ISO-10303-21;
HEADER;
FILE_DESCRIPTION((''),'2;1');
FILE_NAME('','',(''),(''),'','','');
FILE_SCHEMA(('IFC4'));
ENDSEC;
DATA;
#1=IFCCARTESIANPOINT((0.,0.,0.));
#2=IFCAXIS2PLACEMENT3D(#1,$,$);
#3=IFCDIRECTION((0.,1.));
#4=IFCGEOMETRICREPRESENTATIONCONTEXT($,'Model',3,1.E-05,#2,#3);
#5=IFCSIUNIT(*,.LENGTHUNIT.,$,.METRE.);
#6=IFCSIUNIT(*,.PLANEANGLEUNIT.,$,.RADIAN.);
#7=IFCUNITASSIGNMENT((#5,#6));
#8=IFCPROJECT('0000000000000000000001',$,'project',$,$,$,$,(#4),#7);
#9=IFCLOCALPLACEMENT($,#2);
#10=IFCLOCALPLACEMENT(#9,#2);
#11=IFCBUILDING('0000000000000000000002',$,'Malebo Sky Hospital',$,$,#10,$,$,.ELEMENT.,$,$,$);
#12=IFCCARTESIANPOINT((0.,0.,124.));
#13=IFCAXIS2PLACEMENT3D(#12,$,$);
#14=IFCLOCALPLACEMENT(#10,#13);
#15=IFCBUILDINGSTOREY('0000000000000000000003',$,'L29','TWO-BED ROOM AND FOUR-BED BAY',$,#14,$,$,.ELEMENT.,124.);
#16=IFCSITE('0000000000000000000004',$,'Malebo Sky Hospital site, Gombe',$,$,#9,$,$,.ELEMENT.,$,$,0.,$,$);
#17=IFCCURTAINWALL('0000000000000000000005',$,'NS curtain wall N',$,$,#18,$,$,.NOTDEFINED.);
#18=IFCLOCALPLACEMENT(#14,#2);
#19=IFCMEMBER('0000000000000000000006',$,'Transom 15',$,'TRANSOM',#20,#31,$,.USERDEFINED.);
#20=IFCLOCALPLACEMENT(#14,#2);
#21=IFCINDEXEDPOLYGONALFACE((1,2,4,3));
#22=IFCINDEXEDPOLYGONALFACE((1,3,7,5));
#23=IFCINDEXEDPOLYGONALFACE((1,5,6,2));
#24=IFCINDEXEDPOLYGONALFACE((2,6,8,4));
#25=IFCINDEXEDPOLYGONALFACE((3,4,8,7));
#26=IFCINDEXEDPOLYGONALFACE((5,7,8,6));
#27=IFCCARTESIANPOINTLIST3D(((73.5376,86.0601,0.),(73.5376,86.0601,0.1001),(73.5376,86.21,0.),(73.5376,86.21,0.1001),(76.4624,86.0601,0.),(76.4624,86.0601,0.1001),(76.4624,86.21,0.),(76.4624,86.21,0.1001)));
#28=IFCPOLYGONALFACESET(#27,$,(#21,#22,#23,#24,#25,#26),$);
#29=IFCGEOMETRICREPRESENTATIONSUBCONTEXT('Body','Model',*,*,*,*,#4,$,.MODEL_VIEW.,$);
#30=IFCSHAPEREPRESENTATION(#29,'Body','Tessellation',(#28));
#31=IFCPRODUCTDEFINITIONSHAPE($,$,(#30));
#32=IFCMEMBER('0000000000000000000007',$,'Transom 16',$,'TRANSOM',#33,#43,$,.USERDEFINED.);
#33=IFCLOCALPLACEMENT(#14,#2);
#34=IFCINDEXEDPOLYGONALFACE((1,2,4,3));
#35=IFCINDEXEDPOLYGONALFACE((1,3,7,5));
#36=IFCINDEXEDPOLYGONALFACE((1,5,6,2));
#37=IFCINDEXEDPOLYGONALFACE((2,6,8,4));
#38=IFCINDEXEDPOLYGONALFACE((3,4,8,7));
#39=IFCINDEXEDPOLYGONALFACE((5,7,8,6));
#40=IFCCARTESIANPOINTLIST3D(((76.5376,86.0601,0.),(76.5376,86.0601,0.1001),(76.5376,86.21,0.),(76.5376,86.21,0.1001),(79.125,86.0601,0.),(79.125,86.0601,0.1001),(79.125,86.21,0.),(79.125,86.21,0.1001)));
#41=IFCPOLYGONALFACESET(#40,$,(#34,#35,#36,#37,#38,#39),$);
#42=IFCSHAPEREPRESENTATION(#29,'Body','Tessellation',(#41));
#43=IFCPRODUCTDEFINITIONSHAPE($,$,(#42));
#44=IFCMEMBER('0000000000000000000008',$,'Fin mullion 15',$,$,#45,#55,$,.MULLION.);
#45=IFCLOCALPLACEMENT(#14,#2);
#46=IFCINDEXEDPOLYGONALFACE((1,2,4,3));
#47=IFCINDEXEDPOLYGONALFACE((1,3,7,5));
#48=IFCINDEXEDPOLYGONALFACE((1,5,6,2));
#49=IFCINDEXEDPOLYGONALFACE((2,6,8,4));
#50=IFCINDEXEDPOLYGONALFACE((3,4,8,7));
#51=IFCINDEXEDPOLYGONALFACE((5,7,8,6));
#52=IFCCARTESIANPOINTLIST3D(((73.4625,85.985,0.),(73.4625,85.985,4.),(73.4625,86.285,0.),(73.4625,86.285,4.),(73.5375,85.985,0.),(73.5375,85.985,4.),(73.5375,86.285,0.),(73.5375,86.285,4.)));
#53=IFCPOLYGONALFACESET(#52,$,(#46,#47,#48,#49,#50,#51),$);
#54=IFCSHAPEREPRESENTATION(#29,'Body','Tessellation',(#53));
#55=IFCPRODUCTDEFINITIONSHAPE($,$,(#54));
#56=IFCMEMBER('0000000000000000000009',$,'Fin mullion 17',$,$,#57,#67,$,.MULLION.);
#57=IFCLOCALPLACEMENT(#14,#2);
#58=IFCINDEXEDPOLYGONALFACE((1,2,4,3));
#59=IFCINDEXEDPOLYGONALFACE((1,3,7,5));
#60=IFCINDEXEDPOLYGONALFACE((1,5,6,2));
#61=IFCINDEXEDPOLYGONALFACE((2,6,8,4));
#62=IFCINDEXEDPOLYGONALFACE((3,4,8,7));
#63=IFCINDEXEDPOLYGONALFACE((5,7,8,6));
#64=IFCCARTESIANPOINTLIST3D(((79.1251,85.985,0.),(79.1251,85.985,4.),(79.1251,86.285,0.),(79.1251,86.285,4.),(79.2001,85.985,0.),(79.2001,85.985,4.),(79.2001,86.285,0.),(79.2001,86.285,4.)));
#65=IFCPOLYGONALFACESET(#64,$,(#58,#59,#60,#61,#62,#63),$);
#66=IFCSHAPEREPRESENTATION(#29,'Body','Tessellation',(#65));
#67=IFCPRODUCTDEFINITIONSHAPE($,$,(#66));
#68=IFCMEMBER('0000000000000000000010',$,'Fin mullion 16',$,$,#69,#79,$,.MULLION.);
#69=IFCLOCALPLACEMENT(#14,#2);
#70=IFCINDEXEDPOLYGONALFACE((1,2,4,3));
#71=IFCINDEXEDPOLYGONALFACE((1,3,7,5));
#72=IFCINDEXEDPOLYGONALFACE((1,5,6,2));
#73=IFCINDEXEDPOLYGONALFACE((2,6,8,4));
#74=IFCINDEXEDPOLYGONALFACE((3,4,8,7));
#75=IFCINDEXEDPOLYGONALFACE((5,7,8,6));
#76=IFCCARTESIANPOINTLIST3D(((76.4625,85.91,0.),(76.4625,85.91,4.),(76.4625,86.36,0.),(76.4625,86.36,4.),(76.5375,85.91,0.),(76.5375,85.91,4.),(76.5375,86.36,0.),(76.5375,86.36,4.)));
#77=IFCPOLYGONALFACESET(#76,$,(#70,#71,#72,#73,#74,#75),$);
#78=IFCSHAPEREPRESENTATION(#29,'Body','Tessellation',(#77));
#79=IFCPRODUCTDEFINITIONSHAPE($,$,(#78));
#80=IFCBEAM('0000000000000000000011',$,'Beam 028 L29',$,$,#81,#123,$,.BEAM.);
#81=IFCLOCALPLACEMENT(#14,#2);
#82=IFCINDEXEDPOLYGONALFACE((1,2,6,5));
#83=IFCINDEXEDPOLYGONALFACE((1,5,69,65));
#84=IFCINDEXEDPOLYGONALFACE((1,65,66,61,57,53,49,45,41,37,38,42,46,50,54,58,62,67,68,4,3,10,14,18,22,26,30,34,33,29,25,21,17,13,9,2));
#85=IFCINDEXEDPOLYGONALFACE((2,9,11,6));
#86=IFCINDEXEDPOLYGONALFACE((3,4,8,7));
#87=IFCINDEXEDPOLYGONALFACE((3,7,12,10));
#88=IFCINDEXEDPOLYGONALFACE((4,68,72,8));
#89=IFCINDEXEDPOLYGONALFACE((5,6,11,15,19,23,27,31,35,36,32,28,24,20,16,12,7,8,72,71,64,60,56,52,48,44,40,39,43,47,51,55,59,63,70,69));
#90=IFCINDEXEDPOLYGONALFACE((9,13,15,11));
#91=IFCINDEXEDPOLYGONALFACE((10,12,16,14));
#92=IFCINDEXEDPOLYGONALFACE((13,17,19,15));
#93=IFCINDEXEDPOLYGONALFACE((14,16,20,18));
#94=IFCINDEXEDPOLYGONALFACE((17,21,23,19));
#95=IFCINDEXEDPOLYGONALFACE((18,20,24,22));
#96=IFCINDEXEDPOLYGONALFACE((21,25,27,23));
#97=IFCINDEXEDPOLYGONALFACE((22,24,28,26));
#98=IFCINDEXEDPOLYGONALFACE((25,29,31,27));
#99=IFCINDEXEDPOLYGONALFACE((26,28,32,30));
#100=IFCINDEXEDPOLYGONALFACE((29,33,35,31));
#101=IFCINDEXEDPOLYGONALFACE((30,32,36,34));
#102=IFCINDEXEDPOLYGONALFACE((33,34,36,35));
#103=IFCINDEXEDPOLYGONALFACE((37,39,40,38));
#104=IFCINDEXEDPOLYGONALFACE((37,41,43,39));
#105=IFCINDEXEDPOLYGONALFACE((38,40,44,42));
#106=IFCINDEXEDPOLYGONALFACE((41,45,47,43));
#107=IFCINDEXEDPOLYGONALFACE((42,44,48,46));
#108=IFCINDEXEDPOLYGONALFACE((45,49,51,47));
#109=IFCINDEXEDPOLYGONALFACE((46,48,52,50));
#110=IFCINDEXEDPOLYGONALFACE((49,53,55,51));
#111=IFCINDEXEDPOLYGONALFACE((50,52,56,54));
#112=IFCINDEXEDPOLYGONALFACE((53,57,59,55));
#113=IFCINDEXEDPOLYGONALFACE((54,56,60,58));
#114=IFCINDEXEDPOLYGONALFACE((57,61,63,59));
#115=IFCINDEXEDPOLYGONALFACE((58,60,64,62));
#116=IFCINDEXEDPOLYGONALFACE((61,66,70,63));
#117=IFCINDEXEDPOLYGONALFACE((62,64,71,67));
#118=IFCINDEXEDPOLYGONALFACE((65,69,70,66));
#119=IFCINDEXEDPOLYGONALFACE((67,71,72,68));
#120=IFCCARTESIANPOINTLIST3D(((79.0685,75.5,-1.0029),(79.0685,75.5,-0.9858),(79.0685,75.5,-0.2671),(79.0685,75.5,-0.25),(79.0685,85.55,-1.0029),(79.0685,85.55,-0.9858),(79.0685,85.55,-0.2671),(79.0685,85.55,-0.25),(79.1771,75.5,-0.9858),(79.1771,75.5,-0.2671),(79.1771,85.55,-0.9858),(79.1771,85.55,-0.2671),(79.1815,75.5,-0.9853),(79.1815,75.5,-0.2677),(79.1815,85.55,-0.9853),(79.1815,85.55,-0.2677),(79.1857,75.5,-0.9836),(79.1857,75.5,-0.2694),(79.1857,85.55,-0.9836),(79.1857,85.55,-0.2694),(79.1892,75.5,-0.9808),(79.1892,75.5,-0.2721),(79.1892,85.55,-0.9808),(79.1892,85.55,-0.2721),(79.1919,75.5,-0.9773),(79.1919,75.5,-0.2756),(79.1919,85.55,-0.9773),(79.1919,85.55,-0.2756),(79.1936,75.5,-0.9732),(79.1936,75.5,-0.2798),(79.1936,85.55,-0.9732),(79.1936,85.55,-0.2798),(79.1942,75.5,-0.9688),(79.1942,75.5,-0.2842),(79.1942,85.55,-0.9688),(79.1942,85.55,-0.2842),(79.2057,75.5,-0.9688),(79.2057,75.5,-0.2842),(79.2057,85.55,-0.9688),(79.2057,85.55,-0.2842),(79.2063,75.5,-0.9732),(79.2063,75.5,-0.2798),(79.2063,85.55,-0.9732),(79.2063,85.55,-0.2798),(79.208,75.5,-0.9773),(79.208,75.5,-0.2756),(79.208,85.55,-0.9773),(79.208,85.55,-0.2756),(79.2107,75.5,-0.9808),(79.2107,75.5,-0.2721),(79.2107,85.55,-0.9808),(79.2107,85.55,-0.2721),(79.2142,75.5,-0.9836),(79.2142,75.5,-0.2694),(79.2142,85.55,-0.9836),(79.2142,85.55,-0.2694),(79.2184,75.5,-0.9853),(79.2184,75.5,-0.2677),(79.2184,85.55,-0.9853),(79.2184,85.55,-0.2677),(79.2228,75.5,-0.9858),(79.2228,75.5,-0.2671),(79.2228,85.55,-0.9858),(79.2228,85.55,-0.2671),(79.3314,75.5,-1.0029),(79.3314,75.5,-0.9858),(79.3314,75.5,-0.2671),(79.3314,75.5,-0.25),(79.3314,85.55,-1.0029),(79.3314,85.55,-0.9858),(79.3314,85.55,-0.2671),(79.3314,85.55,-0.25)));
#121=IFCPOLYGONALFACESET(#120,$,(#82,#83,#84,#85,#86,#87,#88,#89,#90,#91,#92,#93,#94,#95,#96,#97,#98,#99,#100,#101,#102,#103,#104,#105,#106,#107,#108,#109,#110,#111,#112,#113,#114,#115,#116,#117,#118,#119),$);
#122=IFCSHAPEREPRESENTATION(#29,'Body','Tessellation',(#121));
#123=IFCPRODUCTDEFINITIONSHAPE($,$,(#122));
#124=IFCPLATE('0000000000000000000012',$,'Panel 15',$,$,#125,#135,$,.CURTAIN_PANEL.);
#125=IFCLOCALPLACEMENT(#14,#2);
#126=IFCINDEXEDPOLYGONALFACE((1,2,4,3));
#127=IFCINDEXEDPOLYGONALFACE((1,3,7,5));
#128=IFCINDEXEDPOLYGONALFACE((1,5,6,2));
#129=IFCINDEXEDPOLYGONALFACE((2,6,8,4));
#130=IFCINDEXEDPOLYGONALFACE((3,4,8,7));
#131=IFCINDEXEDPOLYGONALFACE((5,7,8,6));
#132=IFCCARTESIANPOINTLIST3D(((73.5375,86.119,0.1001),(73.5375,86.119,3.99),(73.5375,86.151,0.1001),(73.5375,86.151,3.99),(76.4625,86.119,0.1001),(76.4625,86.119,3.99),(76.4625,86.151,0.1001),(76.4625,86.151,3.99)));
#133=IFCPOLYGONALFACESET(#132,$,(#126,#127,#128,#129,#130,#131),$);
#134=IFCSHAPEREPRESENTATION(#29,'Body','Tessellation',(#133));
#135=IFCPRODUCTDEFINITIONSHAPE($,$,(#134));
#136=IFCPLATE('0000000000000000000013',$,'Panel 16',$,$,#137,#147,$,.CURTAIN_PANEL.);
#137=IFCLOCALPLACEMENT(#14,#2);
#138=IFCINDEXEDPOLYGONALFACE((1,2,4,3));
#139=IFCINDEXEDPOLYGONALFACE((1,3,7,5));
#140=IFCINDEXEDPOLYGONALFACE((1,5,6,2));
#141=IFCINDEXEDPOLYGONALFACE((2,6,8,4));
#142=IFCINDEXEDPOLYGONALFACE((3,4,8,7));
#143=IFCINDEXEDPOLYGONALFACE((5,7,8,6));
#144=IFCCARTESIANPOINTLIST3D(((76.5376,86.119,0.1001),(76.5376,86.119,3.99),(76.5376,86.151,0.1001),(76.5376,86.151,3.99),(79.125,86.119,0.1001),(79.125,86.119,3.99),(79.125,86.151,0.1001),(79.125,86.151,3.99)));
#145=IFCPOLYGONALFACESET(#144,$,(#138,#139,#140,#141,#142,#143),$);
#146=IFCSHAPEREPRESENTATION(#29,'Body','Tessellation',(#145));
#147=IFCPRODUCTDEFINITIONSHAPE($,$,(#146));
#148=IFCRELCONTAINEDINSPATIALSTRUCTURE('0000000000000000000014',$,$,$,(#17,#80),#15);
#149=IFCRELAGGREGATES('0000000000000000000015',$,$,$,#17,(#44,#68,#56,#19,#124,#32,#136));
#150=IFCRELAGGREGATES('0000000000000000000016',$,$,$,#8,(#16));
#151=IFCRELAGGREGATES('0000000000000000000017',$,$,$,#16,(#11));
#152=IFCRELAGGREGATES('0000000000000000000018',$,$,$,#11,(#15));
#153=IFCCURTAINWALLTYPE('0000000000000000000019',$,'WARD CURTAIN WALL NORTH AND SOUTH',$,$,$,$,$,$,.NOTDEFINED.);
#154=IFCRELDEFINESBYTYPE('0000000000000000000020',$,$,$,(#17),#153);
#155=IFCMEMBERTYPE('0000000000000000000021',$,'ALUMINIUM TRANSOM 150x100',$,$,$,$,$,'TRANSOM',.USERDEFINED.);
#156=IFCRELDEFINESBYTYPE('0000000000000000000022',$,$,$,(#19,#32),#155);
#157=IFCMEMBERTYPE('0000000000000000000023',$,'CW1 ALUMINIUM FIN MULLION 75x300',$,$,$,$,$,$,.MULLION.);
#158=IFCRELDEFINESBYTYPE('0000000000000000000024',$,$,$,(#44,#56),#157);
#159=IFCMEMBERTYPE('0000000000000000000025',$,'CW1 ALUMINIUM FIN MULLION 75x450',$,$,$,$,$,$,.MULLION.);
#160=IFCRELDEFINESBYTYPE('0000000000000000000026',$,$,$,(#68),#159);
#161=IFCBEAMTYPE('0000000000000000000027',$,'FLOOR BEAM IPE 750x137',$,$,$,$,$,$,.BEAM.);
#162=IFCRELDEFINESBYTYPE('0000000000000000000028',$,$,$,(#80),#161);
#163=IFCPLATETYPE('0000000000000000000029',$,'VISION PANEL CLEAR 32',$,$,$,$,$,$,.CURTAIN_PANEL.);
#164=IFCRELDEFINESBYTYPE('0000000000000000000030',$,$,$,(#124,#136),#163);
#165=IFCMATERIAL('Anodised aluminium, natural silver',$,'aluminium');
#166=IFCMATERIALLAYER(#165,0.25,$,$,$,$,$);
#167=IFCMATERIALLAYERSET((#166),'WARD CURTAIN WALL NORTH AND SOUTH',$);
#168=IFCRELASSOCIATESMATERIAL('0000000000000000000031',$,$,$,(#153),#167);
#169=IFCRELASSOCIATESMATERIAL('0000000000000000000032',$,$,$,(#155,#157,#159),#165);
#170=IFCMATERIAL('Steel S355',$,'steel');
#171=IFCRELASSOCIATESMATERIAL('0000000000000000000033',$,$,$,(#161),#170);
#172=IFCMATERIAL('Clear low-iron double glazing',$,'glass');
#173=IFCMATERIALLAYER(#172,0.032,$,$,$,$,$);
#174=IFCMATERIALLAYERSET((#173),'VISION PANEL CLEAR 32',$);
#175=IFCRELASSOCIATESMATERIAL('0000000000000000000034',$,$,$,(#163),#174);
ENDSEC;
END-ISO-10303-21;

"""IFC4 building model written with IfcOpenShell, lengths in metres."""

from ifc_helpers import new_model, si_unit, direction, frame, origin, origin_2d, place, context, subcontext, project, spatial, rectangle, i_section, extrude, material, layer, layer_set, material_profile, profile_set, type_object, element, aggregate, save


model = new_model("IFC4")

# Units and contexts
model_context = context("Model", 3, precision=1e-05, world=origin(), true_north=direction((0.0, 1.0)))
body_context = subcontext(model_context, "Body", "Model", "MODEL_VIEW")
ifc_project = project(units=[si_unit("LENGTHUNIT", "METRE"), si_unit("PLANEANGLEUNIT", "RADIAN")], contexts=[model_context])

# Site, building, storey
site_placement = place(None, origin())
site = spatial("IfcSite", under=ifc_project, at=site_placement, Name="Malebo Sky Hospital site, Gombe", CompositionType="ELEMENT", RefElevation=0.0)
building_placement = place(site_placement, origin())
building = spatial("IfcBuilding", under=site, at=building_placement, Name="Malebo Sky Hospital", CompositionType="ELEMENT")
storey_placement = place(building_placement, frame((0.0, 0.0, 124.0)))
storey = spatial("IfcBuildingStorey", under=building, at=storey_placement, Name="L29", Description="TWO-BED ROOM AND FOUR-BED BAY", CompositionType="ELEMENT", Elevation=124.0)

# Curtain wall, members
ifc_material_1 = material(Name="Anodised aluminium, natural silver", Category="aluminium")
ifc_layer_1 = layer(ifc_material_1, 0.25)
ifc_layer_set_1 = layer_set([ifc_layer_1], Name="WARD CURTAIN WALL NORTH AND SOUTH")
curtain_wall_type = type_object("IfcCurtainWallType", Name="WARD CURTAIN WALL NORTH AND SOUTH", PredefinedType="NOTDEFINED", material=ifc_layer_set_1)
curtain_wall_placement = place(storey_placement, origin())
curtain_wall = element("IfcCurtainWall", 1, at=curtain_wall_placement, inside=storey, type_object=curtain_wall_type, Name="NS curtain wall N", PredefinedType="NOTDEFINED")
ifc_material_profile_1 = material_profile(ifc_material_1, rectangle(XDim=0.1499, YDim=0.1001, at=origin_2d()), Name="ALUMINIUM TRANSOM 150x100")
ifc_profile_set_1 = profile_set([ifc_material_profile_1], Name="Anodised aluminium, natural silver")
member_type_1 = type_object("IfcMemberType", Name="ALUMINIUM TRANSOM 150x100", ElementType="TRANSOM", PredefinedType="USERDEFINED", material=ifc_profile_set_1)
member_1_placement = place(storey_placement, frame((73.5376, 86.135, 0.05), z_axis=(1.0, 0.0, 0.0), x_axis=(0.0, 1.0, 0.0)))
member_1 = element("IfcMember", 2, at=member_1_placement, type_object=member_type_1, Name="Transom 15", ObjectType="TRANSOM", PredefinedType="USERDEFINED", context=body_context, shape_type="SweptSolid", body=[
    extrude(rectangle(XDim=0.1499, YDim=0.1001, at=origin_2d()), origin(), (0.0, 0.0, 1.0), 2.9248),
])
member_2_placement = place(storey_placement, frame((76.5376, 86.135, 0.05), z_axis=(1.0, 0.0, 0.0), x_axis=(0.0, 1.0, 0.0)))
member_2 = element("IfcMember", 3, at=member_2_placement, type_object=member_type_1, Name="Transom 16", ObjectType="TRANSOM", PredefinedType="USERDEFINED", context=body_context, shape_type="SweptSolid", body=[
    extrude(rectangle(XDim=0.1499, YDim=0.1001, at=origin_2d()), origin(), (0.0, 0.0, 1.0), 2.5874),
])
ifc_material_profile_2 = material_profile(ifc_material_1, rectangle(XDim=0.075, YDim=0.3, at=origin_2d()), Name="CW1 ALUMINIUM FIN MULLION 75x300")
ifc_profile_set_2 = profile_set([ifc_material_profile_2], Name="Anodised aluminium, natural silver")
member_type_2 = type_object("IfcMemberType", Name="CW1 ALUMINIUM FIN MULLION 75x300", PredefinedType="MULLION", material=ifc_profile_set_2)
member_3_placement = place(storey_placement, frame((73.5, 86.135, 0.0), z_axis=(0.0, 0.0, 1.0), x_axis=(1.0, 0.0, 0.0)))
member_3 = element("IfcMember", 4, at=member_3_placement, type_object=member_type_2, Name="Fin mullion 15", PredefinedType="MULLION", context=body_context, shape_type="SweptSolid", body=[
    extrude(rectangle(XDim=0.075, YDim=0.3, at=origin_2d()), origin(), (0.0, 0.0, 1.0), 4.0),
])
member_4_placement = place(storey_placement, frame((79.1626, 86.135, 0.0), z_axis=(0.0, 0.0, 1.0), x_axis=(1.0, 0.0, 0.0)))
member_4 = element("IfcMember", 5, at=member_4_placement, type_object=member_type_2, Name="Fin mullion 17", PredefinedType="MULLION", context=body_context, shape_type="SweptSolid", body=[
    extrude(rectangle(XDim=0.075, YDim=0.3, at=origin_2d()), origin(), (0.0, 0.0, 1.0), 4.0),
])
ifc_material_profile_3 = material_profile(ifc_material_1, rectangle(XDim=0.075, YDim=0.45, at=origin_2d()), Name="CW1 ALUMINIUM FIN MULLION 75x450")
ifc_profile_set_3 = profile_set([ifc_material_profile_3], Name="Anodised aluminium, natural silver")
member_type_3 = type_object("IfcMemberType", Name="CW1 ALUMINIUM FIN MULLION 75x450", PredefinedType="MULLION", material=ifc_profile_set_3)
member_5_placement = place(storey_placement, frame((76.5, 86.135, 0.0), z_axis=(0.0, 0.0, 1.0), x_axis=(1.0, 0.0, 0.0)))
member_5 = element("IfcMember", 6, at=member_5_placement, type_object=member_type_3, Name="Fin mullion 16", PredefinedType="MULLION", context=body_context, shape_type="SweptSolid", body=[
    extrude(rectangle(XDim=0.075, YDim=0.45, at=origin_2d()), origin(), (0.0, 0.0, 1.0), 4.0),
])

# Beam
ifc_material_2 = material(Name="Steel S355", Category="steel")
ifc_material_profile_4 = material_profile(ifc_material_2, i_section(OverallWidth=0.2629, OverallDepth=0.7529, WebThickness=0.0115, FlangeThickness=0.0171, FilletRadius=0.0171, at=origin_2d()), Name="IPE 750x137")
ifc_profile_set_4 = profile_set([ifc_material_profile_4], Name="Steel S355")
beam_type = type_object("IfcBeamType", Name="FLOOR BEAM IPE 750x137", PredefinedType="BEAM", material=ifc_profile_set_4)
beam_placement = place(storey_placement, frame((79.2, 75.5, -0.6265), z_axis=(0.0, 1.0, 0.0), x_axis=(-1.0, 0.0, 0.0)))
element("IfcBeam", 7, at=beam_placement, inside=storey, type_object=beam_type, Name="Beam 028 L29", PredefinedType="BEAM", context=body_context, shape_type="SweptSolid", body=[
    extrude(i_section(OverallWidth=0.2629, OverallDepth=0.7529, WebThickness=0.0115, FlangeThickness=0.0171, FilletRadius=0.0171, at=origin_2d()), origin(), (0.0, 0.0, 1.0), 10.05),
])

# Plates
ifc_material_3 = material(Name="Clear low-iron double glazing", Category="glass")
ifc_layer_2 = layer(ifc_material_3, 0.032)
ifc_layer_set_2 = layer_set([ifc_layer_2], Name="VISION PANEL CLEAR 32")
plate_type = type_object("IfcPlateType", Name="VISION PANEL CLEAR 32", PredefinedType="CURTAIN_PANEL", material=ifc_layer_set_2)
plate_1_placement = place(storey_placement, frame((75.0, 86.135, 0.1001), z_axis=(0.0, 0.0, 1.0), x_axis=(1.0, 0.0, 0.0)))
plate_1 = element("IfcPlate", 8, at=plate_1_placement, type_object=plate_type, Name="Panel 15", PredefinedType="CURTAIN_PANEL", context=body_context, shape_type="SweptSolid", body=[
    extrude(rectangle(XDim=2.925, YDim=0.032, at=origin_2d()), origin(), (0.0, 0.0, 1.0), 3.8899),
])
plate_2_placement = place(storey_placement, frame((77.8313, 86.135, 0.1001), z_axis=(0.0, 0.0, 1.0), x_axis=(1.0, 0.0, 0.0)))
plate_2 = element("IfcPlate", 9, at=plate_2_placement, type_object=plate_type, Name="Panel 16", PredefinedType="CURTAIN_PANEL", context=body_context, shape_type="SweptSolid", body=[
    extrude(rectangle(XDim=2.5874, YDim=0.032, at=origin_2d()), origin(), (0.0, 0.0, 1.0), 3.8899),
])
aggregate(curtain_wall, [member_3, member_5, member_4, member_1, plate_1, member_2, plate_2])

save(model, "model.ifc")
